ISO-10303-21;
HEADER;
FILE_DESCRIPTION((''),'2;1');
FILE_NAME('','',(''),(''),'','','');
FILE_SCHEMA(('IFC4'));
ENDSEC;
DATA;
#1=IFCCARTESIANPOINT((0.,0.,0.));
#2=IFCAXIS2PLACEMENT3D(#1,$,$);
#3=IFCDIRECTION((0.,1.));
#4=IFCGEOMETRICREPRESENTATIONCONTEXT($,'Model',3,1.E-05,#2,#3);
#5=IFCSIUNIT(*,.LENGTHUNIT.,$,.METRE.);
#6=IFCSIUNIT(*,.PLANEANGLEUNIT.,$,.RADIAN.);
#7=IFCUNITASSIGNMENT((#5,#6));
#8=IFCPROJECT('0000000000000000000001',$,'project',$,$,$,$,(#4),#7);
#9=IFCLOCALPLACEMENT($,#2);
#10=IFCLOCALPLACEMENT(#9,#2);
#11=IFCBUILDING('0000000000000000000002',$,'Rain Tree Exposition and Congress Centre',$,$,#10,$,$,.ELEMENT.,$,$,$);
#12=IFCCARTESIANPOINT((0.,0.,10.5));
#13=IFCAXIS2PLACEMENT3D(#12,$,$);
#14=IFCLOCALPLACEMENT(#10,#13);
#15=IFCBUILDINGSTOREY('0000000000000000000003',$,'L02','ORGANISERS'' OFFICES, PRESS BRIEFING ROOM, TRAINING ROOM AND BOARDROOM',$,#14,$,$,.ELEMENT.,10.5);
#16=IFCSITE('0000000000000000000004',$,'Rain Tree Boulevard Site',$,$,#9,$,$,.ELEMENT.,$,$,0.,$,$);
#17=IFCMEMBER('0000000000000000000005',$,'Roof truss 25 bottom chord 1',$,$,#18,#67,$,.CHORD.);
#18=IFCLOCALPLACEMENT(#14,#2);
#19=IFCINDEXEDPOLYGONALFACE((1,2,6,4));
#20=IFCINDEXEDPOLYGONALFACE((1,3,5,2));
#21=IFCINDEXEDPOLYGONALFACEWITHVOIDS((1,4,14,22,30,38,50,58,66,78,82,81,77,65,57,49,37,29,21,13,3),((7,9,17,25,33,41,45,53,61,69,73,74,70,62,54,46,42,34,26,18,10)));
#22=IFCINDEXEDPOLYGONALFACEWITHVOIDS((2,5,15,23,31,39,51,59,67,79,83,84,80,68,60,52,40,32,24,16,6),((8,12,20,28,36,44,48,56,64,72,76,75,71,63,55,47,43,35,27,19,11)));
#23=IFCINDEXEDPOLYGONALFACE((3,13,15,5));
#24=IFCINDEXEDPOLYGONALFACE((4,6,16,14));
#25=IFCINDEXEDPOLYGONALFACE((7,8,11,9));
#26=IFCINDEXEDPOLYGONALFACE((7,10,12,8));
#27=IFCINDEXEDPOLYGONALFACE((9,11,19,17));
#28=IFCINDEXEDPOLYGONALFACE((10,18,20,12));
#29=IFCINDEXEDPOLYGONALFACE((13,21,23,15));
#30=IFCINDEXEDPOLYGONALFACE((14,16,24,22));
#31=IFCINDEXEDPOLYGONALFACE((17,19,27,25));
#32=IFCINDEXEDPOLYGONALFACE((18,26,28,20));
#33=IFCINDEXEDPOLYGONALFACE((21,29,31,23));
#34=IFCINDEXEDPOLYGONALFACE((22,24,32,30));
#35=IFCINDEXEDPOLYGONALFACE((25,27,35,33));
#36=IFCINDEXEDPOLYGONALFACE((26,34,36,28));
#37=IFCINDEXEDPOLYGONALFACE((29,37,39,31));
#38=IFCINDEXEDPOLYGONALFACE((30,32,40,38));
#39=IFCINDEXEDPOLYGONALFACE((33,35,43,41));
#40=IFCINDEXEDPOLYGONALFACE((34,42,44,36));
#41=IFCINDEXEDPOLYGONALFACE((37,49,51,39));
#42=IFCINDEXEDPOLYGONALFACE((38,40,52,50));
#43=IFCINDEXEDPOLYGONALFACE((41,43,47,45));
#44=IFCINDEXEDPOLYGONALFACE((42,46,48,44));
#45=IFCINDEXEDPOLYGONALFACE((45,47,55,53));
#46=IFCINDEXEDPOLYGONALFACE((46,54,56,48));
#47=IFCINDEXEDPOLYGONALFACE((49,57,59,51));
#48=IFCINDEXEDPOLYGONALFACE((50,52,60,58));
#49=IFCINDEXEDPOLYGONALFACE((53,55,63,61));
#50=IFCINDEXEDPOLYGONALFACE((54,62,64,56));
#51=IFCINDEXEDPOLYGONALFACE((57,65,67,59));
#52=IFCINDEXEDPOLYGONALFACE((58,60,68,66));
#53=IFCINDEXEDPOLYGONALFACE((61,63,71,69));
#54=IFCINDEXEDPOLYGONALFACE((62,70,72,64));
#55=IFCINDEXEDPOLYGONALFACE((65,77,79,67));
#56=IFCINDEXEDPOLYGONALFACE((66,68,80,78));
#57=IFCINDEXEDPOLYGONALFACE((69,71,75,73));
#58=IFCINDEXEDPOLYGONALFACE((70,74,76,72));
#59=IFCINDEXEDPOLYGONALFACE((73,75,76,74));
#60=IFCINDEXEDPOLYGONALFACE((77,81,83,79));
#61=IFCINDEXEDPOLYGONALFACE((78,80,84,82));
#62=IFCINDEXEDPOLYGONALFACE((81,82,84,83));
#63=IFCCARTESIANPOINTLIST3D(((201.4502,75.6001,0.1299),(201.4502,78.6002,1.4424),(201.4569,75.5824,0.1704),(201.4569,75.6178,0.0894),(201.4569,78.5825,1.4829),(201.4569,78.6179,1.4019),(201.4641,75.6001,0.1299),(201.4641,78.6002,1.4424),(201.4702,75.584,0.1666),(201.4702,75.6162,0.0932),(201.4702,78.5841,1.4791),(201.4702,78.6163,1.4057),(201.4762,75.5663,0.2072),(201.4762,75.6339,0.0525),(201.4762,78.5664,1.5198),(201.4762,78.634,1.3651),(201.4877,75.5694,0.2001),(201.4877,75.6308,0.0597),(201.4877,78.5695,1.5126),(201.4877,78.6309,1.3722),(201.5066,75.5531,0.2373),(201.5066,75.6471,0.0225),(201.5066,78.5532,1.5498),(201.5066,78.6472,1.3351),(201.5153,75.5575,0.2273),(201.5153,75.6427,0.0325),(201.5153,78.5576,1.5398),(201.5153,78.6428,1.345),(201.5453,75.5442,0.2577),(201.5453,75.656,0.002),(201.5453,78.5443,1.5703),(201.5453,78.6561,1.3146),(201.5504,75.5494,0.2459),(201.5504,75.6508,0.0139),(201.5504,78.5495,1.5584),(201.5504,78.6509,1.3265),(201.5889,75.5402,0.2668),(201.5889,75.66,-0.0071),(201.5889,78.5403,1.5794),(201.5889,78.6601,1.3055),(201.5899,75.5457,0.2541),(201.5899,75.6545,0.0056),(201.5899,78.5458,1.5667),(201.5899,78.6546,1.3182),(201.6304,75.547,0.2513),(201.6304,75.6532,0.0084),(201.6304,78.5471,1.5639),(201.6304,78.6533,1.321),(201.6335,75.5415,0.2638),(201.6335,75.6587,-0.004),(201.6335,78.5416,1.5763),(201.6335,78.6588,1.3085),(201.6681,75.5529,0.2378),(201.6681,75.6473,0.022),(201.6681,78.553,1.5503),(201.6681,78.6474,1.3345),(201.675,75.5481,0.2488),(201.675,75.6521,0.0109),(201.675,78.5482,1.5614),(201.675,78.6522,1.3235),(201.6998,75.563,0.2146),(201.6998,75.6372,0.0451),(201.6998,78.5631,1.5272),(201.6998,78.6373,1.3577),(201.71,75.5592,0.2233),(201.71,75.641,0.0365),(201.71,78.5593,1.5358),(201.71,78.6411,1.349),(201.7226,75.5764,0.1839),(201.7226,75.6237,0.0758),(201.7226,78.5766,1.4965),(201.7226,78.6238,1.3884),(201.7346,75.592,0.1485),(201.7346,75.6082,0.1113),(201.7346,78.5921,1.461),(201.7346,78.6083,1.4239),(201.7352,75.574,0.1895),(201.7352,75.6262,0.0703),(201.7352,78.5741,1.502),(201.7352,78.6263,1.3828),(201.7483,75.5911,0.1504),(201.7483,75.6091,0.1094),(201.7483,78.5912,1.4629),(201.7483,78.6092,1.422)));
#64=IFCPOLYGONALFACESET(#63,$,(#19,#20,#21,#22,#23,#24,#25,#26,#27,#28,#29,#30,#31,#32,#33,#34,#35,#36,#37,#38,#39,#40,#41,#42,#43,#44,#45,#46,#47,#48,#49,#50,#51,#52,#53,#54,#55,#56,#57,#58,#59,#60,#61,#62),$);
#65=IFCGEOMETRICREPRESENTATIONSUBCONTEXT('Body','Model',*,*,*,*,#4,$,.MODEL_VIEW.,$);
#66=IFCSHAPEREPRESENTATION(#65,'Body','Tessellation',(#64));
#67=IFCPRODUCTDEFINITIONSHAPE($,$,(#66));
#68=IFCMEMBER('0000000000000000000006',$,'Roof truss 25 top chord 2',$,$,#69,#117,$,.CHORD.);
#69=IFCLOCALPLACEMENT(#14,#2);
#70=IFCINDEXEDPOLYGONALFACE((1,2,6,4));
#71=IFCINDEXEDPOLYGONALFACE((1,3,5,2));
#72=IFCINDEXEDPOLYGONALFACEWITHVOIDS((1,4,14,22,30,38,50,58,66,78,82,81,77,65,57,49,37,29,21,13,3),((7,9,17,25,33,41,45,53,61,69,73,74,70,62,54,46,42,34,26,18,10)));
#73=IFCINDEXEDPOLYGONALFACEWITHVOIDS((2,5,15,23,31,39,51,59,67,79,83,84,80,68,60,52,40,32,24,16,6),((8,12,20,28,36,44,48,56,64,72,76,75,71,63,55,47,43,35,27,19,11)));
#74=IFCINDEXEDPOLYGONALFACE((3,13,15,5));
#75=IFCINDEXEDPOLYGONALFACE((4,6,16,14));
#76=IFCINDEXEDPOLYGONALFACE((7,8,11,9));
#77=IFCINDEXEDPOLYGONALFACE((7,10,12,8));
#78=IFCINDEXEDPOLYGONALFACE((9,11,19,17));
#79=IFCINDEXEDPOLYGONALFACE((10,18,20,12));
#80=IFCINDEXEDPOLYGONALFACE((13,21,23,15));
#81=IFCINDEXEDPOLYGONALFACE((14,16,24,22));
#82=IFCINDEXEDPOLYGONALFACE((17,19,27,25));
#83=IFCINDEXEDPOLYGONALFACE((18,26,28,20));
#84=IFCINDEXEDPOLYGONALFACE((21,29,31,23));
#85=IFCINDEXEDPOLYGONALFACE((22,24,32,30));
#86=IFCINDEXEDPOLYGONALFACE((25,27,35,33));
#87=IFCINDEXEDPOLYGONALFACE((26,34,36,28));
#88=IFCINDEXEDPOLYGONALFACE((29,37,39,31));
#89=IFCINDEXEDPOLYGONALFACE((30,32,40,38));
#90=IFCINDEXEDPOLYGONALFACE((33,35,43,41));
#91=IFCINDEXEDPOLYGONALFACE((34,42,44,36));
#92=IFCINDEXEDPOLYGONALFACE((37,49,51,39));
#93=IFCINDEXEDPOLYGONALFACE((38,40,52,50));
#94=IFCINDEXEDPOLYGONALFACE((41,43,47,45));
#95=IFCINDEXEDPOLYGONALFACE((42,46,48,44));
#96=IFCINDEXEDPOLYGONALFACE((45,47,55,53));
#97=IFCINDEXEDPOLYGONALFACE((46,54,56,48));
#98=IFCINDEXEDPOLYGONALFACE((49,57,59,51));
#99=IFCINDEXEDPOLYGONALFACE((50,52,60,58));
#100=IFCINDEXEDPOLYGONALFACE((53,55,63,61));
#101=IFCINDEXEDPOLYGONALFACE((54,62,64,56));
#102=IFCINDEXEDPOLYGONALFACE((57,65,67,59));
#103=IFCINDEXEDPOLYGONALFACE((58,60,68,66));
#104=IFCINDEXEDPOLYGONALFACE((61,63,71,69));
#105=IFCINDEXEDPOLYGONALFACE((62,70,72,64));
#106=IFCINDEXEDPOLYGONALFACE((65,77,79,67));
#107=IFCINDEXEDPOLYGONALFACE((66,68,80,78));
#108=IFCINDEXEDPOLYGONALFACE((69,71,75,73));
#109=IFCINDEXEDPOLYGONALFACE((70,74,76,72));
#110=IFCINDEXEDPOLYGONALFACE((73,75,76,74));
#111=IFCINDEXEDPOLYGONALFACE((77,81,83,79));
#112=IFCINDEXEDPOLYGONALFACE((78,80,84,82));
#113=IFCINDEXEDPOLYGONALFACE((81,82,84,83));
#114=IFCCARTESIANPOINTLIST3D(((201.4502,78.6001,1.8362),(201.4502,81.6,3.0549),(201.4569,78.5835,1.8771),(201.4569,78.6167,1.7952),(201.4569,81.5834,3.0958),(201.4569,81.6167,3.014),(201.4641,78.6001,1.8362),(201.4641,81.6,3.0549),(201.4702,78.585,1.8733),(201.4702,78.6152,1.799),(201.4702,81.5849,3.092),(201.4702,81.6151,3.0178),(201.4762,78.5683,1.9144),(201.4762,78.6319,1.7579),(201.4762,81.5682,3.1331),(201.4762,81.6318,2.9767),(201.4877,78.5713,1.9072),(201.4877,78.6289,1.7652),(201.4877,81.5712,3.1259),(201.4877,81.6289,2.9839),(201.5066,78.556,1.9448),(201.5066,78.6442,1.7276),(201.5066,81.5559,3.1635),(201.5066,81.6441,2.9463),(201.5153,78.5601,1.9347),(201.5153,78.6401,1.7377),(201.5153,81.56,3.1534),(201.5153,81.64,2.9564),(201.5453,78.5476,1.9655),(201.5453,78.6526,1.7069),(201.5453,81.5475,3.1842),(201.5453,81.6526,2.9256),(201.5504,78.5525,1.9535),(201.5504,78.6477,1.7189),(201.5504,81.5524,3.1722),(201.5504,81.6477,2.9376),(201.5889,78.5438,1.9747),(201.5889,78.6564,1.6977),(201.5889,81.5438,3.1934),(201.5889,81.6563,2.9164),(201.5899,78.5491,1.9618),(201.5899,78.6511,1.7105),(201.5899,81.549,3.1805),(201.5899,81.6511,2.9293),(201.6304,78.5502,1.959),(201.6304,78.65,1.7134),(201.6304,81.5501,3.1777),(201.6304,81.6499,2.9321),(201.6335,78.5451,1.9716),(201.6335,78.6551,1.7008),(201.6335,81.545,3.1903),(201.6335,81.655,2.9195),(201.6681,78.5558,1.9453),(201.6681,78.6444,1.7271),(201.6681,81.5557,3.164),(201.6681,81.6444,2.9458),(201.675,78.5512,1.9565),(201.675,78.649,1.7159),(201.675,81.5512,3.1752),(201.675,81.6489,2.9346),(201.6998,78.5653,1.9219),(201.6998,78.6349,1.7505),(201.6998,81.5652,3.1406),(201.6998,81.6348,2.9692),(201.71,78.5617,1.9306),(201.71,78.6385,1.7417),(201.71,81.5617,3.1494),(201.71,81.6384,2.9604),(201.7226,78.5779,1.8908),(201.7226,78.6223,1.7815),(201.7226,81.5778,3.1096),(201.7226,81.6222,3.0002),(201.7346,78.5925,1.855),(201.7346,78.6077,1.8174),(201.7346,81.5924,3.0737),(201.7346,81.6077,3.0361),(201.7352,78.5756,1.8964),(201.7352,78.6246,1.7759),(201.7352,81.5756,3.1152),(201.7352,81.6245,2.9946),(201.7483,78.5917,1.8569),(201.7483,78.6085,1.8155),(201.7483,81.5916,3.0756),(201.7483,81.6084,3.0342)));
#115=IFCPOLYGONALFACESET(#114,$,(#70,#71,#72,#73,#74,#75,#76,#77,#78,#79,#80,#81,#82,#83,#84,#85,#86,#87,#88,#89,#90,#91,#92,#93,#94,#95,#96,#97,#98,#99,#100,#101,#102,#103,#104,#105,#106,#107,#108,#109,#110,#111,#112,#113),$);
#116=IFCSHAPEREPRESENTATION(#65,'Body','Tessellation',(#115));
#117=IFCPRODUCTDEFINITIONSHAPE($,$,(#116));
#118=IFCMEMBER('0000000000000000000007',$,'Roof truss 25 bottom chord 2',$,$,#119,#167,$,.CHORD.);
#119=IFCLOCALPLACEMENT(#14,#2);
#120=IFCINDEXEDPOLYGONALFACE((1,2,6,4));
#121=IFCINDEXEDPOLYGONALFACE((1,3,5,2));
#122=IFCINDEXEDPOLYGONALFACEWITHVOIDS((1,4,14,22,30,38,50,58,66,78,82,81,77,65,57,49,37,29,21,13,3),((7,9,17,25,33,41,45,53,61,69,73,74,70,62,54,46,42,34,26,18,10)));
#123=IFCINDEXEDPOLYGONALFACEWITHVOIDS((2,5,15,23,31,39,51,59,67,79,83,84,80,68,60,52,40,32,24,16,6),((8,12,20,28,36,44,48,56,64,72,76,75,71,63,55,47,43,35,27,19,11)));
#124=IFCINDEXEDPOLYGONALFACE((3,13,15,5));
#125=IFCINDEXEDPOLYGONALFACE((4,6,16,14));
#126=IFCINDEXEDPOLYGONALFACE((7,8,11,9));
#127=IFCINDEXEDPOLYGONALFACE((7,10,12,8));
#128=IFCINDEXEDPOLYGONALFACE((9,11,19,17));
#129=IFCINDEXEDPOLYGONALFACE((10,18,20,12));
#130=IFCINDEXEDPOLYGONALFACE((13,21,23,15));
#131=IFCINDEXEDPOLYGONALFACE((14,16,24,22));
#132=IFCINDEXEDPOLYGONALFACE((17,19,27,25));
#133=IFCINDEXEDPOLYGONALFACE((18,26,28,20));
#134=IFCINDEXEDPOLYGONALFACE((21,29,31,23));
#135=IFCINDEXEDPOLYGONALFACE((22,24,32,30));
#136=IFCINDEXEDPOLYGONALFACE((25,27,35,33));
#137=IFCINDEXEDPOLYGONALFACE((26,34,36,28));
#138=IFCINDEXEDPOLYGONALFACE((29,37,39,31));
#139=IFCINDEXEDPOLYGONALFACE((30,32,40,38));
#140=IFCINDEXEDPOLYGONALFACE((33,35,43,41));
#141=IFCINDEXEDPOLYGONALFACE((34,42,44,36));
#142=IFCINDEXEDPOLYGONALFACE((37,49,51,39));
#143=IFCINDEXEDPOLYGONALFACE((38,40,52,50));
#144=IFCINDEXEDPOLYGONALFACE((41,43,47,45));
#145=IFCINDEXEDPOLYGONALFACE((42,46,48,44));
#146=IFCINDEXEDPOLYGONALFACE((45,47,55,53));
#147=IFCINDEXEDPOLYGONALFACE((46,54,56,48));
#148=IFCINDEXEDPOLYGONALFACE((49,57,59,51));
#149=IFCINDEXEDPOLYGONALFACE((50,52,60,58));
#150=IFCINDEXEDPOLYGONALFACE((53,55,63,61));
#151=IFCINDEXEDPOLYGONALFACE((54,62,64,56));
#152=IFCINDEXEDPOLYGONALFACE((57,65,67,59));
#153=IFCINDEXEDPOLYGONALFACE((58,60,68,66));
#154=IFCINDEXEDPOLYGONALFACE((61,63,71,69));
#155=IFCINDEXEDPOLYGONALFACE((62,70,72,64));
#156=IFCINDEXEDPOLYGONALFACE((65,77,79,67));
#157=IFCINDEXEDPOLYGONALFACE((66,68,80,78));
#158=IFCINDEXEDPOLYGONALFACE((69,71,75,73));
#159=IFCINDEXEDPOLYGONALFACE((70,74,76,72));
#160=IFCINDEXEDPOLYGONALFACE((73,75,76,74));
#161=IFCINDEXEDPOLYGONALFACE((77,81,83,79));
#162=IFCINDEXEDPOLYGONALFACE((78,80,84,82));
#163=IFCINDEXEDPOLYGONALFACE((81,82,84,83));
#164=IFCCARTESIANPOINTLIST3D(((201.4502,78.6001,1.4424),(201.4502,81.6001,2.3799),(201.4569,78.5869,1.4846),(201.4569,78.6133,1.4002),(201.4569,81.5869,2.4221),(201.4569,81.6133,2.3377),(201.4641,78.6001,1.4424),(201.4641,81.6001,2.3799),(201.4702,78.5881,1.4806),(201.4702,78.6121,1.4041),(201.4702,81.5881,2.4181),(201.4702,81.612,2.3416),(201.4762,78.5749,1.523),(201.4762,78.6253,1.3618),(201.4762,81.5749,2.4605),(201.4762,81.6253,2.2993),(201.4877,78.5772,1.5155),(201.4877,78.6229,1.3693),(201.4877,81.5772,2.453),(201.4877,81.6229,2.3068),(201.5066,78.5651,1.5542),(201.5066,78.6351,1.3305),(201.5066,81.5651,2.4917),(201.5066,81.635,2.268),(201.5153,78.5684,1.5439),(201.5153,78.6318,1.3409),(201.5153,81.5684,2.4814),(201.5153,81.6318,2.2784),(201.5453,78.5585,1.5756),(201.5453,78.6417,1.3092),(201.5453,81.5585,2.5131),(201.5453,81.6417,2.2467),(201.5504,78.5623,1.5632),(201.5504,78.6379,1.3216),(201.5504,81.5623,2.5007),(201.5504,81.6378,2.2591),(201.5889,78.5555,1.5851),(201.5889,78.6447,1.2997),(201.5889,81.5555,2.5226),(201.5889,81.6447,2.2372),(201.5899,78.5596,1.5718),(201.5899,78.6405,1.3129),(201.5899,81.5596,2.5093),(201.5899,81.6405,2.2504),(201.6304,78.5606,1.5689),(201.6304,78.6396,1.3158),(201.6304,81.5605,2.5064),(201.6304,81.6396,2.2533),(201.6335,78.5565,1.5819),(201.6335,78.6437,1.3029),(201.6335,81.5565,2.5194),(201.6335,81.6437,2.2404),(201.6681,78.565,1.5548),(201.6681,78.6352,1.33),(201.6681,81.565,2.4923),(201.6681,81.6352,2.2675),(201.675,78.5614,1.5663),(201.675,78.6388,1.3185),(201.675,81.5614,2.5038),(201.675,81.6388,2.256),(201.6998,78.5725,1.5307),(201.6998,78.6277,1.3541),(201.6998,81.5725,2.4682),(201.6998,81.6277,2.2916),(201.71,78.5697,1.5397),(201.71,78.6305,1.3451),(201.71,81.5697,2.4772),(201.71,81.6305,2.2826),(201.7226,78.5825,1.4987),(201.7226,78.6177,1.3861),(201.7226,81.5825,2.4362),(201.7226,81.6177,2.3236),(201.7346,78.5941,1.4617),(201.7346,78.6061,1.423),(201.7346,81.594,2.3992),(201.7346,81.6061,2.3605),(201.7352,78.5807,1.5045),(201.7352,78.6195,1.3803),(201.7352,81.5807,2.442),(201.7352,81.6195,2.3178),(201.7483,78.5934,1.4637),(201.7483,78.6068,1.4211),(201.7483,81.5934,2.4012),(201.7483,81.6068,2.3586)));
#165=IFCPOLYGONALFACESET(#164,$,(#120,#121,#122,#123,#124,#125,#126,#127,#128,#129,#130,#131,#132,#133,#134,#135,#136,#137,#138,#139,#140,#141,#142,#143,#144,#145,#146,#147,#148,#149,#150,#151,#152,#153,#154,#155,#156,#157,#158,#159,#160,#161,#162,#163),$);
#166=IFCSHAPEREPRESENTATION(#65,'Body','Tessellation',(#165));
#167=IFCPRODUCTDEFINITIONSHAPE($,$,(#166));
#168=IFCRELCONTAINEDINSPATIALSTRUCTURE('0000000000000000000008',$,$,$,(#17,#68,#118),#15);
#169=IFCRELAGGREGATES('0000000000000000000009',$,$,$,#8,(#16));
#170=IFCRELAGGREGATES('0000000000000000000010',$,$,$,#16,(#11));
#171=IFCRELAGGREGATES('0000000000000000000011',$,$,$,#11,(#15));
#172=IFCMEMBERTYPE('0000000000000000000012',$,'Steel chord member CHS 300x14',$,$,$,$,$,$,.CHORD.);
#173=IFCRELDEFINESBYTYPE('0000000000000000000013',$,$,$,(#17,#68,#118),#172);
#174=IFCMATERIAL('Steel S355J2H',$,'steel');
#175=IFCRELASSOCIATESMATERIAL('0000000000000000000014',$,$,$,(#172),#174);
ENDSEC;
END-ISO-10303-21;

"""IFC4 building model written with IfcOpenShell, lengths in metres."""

from ifc_helpers import new_model, si_unit, direction, frame, origin, origin_2d, place, context, subcontext, project, spatial, hollow_circle, extrude, material, material_profile, profile_set, type_object, element, save


model = new_model("IFC4")

# Units and contexts
model_context = context("Model", 3, precision=1e-05, world=origin(), true_north=direction((0.0, 1.0)))
body_context = subcontext(model_context, "Body", "Model", "MODEL_VIEW")
ifc_project = project(units=[si_unit("LENGTHUNIT", "METRE"), si_unit("PLANEANGLEUNIT", "RADIAN")], contexts=[model_context])

# Site, building, storey
site_placement = place(None, origin())
site = spatial("IfcSite", under=ifc_project, at=site_placement, Name="Rain Tree Boulevard Site", CompositionType="ELEMENT", RefElevation=0.0)
building_placement = place(site_placement, origin())
building = spatial("IfcBuilding", under=site, at=building_placement, Name="Rain Tree Exposition and Congress Centre", CompositionType="ELEMENT")
storey_placement = place(building_placement, frame((0.0, 0.0, 10.5)))
storey = spatial("IfcBuildingStorey", under=building, at=storey_placement, Name="L02", Description="ORGANISERS' OFFICES, PRESS BRIEFING ROOM, TRAINING ROOM AND BOARDROOM", CompositionType="ELEMENT", Elevation=10.5)

# Members
ifc_material_1 = material(Name="Steel S355J2H", Category="steel")
ifc_material_profile_1 = material_profile(ifc_material_1, hollow_circle(Radius=0.1499, WallThickness=0.0139, at=origin_2d()), Name="CHS 300x14")
ifc_profile_set_1 = profile_set([ifc_material_profile_1], Name="Steel S355J2H")
member_type_1 = type_object("IfcMemberType", Name="Steel chord member CHS 300x14", PredefinedType="CHORD", material=ifc_profile_set_1)
member_1_placement = place(storey_placement, frame((201.6001, 75.6001, 0.1299), z_axis=(0.0, 0.916157, 0.400819), x_axis=(-1.0, 0.0, 0.0)))
element("IfcMember", 1, at=member_1_placement, inside=storey, type_object=member_type_1, Name="Roof truss 25 bottom chord 1", PredefinedType="CHORD", context=body_context, shape_type="SweptSolid", body=[
    extrude(hollow_circle(Radius=0.1499, WallThickness=0.0139, at=origin_2d()), origin(), (0.0, 0.0, 1.0), 3.2747),
])
member_2_placement = place(storey_placement, frame((201.6001, 78.6001, 1.8362), z_axis=(0.0, 0.926467, 0.376377), x_axis=(-1.0, 0.0, 0.0)))
element("IfcMember", 2, at=member_2_placement, inside=storey, type_object=member_type_1, Name="Roof truss 25 top chord 2", PredefinedType="CHORD", context=body_context, shape_type="SweptSolid", body=[
    extrude(hollow_circle(Radius=0.1499, WallThickness=0.0139, at=origin_2d()), origin(), (0.0, 0.0, 1.0), 3.238),
])
member_3_placement = place(storey_placement, frame((201.6001, 78.6001, 1.4424), z_axis=(0.0, 0.95448, 0.298275), x_axis=(-1.0, 0.0, 0.0)))
element("IfcMember", 3, at=member_3_placement, inside=storey, type_object=member_type_1, Name="Roof truss 25 bottom chord 2", PredefinedType="CHORD", context=body_context, shape_type="SweptSolid", body=[
    extrude(hollow_circle(Radius=0.1499, WallThickness=0.0139, at=origin_2d()), origin(), (0.0, 0.0, 1.0), 3.1431),
])

save(model, "model.ifc")
